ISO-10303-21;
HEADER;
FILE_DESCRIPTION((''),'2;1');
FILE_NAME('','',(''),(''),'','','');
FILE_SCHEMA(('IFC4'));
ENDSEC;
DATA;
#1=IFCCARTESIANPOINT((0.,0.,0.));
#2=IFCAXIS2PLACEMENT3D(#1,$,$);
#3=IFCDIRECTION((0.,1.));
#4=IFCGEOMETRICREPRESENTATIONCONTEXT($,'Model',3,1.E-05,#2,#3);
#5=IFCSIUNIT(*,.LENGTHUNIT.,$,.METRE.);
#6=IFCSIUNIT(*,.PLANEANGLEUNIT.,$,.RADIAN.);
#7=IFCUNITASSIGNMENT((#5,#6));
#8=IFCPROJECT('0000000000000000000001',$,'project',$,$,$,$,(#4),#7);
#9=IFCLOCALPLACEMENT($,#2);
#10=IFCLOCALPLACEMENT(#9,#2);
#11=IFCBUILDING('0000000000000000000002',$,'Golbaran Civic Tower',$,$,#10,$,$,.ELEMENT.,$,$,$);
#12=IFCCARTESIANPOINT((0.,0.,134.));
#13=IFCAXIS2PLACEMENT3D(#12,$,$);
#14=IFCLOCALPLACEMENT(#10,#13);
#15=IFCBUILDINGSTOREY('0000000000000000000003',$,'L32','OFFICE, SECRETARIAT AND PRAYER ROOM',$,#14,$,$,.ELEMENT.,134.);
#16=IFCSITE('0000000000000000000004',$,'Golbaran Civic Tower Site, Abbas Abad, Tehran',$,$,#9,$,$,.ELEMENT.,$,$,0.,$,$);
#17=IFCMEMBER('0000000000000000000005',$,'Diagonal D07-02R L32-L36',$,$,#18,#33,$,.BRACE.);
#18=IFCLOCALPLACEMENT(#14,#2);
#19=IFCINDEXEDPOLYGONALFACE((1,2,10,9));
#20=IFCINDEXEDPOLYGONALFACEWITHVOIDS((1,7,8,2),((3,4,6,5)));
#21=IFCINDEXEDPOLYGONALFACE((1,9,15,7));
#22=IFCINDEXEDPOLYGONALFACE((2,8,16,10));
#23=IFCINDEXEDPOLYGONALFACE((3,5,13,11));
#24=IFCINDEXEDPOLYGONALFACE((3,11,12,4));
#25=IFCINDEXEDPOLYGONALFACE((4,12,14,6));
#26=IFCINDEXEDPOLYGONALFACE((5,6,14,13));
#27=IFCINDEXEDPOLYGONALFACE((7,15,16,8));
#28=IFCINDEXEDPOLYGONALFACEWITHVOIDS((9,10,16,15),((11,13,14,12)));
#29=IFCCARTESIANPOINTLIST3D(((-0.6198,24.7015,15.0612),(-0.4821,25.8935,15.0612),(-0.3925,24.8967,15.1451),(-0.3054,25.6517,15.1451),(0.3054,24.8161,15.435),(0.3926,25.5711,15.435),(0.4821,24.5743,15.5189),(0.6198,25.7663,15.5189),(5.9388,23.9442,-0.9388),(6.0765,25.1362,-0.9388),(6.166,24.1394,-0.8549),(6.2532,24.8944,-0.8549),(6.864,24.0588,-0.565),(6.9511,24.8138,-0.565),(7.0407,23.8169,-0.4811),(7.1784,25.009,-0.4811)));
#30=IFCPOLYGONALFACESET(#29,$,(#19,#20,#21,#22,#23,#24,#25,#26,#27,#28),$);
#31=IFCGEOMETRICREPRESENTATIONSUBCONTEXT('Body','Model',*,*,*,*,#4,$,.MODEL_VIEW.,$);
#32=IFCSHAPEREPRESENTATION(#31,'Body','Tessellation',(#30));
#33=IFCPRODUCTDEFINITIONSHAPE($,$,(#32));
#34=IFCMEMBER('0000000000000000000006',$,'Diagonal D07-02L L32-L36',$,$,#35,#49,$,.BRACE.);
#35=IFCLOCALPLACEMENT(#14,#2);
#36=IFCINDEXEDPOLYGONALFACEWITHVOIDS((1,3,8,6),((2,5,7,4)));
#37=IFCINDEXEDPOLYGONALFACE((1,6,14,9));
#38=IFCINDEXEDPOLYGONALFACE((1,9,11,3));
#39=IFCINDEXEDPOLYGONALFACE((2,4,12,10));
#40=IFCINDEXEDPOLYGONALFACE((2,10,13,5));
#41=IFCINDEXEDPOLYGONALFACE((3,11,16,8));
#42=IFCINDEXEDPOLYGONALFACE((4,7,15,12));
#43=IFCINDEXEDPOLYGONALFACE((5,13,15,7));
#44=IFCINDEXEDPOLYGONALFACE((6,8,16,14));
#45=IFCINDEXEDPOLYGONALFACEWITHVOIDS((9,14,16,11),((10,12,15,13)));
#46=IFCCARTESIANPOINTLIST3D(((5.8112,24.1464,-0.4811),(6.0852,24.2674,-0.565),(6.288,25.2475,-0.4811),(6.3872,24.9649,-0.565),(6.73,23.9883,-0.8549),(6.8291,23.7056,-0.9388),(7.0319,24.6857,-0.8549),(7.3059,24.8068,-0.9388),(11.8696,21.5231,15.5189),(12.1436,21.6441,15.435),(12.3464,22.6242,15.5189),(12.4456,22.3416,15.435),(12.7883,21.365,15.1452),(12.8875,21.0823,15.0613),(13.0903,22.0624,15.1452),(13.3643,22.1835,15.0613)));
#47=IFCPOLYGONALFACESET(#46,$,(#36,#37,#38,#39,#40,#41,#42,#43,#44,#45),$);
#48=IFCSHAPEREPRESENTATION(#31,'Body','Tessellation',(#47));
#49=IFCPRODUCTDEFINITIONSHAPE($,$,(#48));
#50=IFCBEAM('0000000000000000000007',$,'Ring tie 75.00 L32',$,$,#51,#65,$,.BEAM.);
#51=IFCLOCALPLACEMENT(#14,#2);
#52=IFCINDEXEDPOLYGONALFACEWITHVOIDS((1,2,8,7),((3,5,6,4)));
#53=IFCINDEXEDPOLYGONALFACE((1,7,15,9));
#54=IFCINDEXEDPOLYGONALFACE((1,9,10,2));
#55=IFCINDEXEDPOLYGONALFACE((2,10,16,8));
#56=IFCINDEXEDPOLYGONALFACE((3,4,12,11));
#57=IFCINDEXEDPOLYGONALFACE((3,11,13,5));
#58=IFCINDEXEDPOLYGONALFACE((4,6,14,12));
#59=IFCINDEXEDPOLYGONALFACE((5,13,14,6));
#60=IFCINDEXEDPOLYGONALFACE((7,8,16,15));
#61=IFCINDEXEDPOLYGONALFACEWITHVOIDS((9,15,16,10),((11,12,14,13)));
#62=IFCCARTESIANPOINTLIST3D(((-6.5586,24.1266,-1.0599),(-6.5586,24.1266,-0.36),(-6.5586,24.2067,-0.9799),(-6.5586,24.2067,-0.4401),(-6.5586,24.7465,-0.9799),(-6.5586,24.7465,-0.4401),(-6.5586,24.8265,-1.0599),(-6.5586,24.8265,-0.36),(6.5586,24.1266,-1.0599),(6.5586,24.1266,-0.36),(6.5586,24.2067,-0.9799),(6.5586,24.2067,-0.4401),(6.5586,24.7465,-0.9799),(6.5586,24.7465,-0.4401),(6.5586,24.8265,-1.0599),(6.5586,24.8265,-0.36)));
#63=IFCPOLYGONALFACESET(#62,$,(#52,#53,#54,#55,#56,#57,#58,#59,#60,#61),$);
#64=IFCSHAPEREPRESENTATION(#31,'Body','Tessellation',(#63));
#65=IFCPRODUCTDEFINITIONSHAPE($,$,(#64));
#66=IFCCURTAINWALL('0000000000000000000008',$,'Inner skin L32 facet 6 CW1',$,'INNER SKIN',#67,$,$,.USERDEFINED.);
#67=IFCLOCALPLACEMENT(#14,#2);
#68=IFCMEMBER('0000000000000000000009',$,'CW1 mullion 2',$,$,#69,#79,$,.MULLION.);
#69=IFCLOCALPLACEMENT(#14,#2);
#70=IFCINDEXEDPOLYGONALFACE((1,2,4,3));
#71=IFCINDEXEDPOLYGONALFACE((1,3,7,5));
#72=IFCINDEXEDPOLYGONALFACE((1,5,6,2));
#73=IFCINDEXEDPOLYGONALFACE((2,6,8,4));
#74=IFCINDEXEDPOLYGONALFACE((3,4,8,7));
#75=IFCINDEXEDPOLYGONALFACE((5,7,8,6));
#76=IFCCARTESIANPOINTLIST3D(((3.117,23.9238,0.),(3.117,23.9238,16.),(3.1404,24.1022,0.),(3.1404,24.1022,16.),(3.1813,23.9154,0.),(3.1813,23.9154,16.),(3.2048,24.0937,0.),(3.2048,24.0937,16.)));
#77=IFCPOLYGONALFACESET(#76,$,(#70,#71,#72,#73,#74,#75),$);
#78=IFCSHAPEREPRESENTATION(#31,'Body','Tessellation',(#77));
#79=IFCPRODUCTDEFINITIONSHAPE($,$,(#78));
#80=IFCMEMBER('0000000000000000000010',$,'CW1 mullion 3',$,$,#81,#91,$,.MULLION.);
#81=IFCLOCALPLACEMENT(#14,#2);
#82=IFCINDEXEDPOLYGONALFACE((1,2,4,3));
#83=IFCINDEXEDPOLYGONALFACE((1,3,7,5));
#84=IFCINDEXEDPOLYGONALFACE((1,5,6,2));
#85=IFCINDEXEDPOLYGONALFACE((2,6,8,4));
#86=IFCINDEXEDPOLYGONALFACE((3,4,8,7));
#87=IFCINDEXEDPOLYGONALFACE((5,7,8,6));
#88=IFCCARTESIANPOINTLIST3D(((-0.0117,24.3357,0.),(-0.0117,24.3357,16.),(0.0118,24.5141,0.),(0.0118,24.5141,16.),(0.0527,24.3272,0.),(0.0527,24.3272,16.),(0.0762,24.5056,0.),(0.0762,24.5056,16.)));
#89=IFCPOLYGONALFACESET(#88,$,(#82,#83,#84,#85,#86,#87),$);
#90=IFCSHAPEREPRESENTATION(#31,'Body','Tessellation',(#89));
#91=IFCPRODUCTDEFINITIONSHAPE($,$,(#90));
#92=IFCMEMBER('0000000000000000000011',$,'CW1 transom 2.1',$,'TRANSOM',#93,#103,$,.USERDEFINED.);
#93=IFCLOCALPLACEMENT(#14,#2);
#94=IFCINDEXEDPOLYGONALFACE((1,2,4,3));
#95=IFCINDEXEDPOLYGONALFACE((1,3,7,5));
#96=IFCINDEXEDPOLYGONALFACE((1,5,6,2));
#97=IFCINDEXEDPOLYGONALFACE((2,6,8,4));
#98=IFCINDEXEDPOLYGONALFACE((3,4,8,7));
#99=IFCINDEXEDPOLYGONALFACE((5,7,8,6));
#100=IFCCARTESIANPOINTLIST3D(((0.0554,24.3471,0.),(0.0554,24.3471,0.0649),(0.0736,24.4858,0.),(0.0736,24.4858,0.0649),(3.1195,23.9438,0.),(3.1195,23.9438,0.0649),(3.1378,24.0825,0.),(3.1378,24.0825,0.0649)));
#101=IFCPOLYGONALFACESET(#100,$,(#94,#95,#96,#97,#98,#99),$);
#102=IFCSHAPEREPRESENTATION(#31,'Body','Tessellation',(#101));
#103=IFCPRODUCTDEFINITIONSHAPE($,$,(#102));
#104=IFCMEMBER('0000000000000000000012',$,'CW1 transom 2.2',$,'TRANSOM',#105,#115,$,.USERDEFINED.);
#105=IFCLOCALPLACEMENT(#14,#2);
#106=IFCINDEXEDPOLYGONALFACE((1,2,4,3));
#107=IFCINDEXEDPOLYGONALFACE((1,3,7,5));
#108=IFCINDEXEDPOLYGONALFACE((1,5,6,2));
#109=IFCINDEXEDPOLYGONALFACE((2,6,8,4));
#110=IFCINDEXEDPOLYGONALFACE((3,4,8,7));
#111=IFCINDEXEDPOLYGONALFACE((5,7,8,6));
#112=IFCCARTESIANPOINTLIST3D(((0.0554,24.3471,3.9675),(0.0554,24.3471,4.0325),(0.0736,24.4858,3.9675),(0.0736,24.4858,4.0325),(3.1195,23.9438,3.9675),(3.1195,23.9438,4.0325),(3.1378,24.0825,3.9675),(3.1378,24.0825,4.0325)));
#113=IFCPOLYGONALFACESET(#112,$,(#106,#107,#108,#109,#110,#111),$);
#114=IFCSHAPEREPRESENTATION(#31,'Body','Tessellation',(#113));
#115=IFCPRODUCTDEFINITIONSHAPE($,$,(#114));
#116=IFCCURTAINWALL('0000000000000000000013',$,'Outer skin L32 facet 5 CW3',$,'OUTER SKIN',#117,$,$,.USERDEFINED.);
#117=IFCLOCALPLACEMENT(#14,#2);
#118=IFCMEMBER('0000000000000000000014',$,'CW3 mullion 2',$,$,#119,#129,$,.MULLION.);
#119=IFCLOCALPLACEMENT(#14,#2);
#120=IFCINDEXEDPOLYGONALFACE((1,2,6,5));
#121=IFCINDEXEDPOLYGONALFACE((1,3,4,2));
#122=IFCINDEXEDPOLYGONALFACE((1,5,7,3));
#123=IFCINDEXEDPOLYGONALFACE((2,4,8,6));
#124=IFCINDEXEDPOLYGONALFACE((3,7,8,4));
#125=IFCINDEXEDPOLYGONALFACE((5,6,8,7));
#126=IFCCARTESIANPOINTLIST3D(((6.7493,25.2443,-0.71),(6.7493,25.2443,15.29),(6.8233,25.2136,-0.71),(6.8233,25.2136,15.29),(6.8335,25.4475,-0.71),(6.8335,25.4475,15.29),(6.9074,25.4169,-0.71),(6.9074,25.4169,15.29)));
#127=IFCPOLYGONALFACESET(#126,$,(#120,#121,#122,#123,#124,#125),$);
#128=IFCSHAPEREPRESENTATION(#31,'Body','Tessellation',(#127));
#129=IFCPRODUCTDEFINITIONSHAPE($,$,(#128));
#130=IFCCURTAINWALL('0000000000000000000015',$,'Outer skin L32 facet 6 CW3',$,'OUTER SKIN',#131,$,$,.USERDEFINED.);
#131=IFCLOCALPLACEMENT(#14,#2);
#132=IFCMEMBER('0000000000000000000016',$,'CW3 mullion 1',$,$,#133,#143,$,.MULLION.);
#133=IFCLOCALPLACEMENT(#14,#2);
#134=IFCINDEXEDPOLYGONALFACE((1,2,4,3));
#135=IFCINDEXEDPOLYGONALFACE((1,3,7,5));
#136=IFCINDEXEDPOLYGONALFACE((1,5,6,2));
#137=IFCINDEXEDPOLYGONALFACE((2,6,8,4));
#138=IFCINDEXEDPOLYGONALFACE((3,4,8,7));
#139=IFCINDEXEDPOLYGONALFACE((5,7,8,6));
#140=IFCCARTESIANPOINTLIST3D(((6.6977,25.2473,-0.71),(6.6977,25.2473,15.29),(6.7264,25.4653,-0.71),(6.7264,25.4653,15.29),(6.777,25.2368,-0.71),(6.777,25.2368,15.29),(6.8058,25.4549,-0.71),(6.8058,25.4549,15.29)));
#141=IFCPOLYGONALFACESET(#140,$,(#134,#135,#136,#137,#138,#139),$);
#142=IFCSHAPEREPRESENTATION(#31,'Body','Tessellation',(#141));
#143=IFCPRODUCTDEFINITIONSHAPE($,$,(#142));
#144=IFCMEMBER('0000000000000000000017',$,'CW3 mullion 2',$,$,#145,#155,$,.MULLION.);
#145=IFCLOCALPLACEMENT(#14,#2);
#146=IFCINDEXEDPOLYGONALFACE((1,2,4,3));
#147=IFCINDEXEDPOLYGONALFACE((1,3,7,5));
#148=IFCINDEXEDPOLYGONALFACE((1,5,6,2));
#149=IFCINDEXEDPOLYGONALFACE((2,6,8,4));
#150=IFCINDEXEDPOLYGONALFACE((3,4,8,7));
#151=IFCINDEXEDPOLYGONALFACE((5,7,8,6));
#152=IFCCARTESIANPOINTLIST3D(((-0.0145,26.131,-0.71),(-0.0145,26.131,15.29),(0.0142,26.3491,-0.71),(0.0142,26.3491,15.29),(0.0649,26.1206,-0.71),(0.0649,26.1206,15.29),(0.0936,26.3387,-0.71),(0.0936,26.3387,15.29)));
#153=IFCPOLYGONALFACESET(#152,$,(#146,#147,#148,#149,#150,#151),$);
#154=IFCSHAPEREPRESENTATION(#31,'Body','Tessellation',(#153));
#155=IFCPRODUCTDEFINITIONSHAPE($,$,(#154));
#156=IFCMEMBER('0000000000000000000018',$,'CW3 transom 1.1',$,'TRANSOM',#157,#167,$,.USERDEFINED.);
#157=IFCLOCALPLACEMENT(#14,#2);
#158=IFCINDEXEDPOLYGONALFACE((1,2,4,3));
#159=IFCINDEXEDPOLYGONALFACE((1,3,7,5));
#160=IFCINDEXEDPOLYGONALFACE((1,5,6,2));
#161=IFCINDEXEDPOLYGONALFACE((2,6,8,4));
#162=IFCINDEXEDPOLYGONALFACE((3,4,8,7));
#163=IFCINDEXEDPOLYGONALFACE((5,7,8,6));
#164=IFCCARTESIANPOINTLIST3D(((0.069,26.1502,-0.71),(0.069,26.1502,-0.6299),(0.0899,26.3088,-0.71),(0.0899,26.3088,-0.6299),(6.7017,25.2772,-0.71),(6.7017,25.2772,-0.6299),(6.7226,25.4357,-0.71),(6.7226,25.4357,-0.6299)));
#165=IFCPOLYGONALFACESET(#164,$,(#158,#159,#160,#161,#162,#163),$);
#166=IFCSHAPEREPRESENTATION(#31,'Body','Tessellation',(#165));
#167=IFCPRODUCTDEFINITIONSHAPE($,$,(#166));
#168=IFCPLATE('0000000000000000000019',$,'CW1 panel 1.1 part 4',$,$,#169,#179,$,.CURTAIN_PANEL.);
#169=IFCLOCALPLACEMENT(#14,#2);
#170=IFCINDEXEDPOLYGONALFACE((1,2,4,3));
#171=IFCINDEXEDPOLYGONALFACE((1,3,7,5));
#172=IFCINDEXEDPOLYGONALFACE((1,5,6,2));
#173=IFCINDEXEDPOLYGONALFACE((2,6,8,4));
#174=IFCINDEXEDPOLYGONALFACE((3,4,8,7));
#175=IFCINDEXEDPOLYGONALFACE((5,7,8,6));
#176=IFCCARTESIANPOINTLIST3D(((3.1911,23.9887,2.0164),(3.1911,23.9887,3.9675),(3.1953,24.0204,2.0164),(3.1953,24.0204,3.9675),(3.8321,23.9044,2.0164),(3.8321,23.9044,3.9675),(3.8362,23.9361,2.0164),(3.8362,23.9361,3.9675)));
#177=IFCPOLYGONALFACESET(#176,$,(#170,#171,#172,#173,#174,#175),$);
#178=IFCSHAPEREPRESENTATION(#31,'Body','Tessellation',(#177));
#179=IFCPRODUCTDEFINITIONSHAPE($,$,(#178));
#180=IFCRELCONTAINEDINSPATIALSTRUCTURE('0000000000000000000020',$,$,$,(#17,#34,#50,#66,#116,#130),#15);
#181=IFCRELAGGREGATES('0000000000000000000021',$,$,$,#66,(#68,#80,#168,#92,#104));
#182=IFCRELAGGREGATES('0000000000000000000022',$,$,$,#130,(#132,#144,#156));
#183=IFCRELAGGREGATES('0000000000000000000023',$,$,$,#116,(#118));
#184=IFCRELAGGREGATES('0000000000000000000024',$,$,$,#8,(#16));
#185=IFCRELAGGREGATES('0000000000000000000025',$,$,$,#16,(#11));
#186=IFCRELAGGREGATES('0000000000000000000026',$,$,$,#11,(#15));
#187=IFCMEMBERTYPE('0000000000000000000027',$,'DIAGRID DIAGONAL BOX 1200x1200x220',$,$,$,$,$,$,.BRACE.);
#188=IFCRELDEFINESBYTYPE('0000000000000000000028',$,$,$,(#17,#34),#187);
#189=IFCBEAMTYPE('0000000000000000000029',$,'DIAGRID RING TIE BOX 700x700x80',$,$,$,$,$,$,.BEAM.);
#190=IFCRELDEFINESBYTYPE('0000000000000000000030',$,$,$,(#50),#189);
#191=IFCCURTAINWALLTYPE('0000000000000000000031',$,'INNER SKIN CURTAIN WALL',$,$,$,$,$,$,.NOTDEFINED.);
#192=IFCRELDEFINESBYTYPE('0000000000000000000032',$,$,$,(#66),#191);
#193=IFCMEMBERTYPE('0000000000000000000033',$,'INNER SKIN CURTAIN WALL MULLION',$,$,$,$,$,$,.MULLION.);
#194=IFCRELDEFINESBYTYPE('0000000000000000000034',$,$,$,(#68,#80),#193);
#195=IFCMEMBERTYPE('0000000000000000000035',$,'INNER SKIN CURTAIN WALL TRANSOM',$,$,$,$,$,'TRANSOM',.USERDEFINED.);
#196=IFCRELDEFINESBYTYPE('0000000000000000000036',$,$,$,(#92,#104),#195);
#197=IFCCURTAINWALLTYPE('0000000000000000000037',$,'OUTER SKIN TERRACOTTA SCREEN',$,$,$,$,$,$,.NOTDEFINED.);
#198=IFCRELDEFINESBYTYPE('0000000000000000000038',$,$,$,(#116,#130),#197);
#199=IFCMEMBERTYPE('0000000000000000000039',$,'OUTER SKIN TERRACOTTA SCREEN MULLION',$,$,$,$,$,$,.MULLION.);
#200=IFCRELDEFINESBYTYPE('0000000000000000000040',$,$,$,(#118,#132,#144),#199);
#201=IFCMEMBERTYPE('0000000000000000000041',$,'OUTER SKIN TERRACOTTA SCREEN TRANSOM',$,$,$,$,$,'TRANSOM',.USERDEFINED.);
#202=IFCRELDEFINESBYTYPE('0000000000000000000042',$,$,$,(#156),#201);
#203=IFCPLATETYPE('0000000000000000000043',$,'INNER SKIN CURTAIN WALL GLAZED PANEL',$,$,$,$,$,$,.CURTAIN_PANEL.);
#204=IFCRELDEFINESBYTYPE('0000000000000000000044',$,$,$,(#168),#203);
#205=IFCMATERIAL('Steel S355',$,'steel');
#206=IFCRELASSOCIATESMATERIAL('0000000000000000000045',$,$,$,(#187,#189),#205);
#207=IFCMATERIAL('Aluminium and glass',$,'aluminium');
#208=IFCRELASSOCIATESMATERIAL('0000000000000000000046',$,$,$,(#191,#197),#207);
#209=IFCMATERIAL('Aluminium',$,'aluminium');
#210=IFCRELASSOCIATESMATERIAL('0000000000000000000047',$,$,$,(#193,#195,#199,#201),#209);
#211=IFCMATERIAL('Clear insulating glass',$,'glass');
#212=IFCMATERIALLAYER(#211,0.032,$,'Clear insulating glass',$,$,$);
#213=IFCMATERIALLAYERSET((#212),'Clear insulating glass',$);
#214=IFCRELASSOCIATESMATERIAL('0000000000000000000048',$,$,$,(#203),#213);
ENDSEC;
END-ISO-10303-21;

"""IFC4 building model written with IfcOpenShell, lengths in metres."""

from ifc_helpers import new_model, si_unit, direction, frame, origin, origin_2d, place, context, subcontext, project, spatial, rectangle, hollow_rectangle, extrude, material, layer, layer_set, material_profile, profile_set, type_object, element, aggregate, save


model = new_model("IFC4")

# Units and contexts
model_context = context("Model", 3, precision=1e-05, world=origin(), true_north=direction((0.0, 1.0)))
body_context = subcontext(model_context, "Body", "Model", "MODEL_VIEW")
ifc_project = project(units=[si_unit("LENGTHUNIT", "METRE"), si_unit("PLANEANGLEUNIT", "RADIAN")], contexts=[model_context])

# Site, building, storey
site_placement = place(None, origin())
site = spatial("IfcSite", under=ifc_project, at=site_placement, Name="Golbaran Civic Tower Site, Abbas Abad, Tehran", CompositionType="ELEMENT", RefElevation=0.0)
building_placement = place(site_placement, origin())
building = spatial("IfcBuilding", under=site, at=building_placement, Name="Golbaran Civic Tower", CompositionType="ELEMENT")
storey_placement = place(building_placement, frame((0.0, 0.0, 134.0)))
storey = spatial("IfcBuildingStorey", under=building, at=storey_placement, Name="L32", Description="OFFICE, SECRETARIAT AND PRAYER ROOM", CompositionType="ELEMENT", Elevation=134.0)

# Members
ifc_material_1 = material(Name="Steel S355", Category="steel")
ifc_material_profile_1 = material_profile(ifc_material_1, hollow_rectangle(XDim=1.2, YDim=1.2, WallThickness=0.22, at=origin_2d()), Name="BOX 1200x1200x220")
ifc_profile_set_1 = profile_set([ifc_material_profile_1], Name="Steel S355")
member_type_1 = type_object("IfcMemberType", Name="DIAGRID DIAGONAL BOX 1200x1200x220", PredefinedType="BRACE", material=ifc_profile_set_1)
for number, where, z_axis, x_axis, name in (
    (1, (6.5586, 24.4766, -0.71), (-0.37892, 0.043754, 0.924394), (-0.114708, -0.993399, 0.0), "Diagonal D07-02R L32-L36"),
    (2, (6.5586, 24.4766, -0.71), (0.350021, -0.151561, 0.9244), (0.397353, 0.917666, 0.0), "Diagonal D07-02L L32-L36"),
):
    element("IfcMember", number, at=place(storey_placement, frame(where, z_axis=z_axis, x_axis=x_axis)), inside=storey, type_object=member_type_1, Name=name, PredefinedType="BRACE", context=body_context, shape_type="SweptSolid", body=[
        extrude(hollow_rectangle(XDim=1.2, YDim=1.2, WallThickness=0.22, at=origin_2d()), origin(), (0.0, 0.0, 1.0), 17.3086),
    ])

# Beam
ifc_material_profile_2 = material_profile(ifc_material_1, hollow_rectangle(XDim=0.7, YDim=0.7, WallThickness=0.0801, at=origin_2d()), Name="BOX 700x700x80")
ifc_profile_set_2 = profile_set([ifc_material_profile_2], Name="Steel S355")
beam_type = type_object("IfcBeamType", Name="DIAGRID RING TIE BOX 700x700x80", PredefinedType="BEAM", material=ifc_profile_set_2)
beam_placement = place(storey_placement, frame((6.5586, 24.4766, -0.71), z_axis=(-1.0, 0.0, 0.0), x_axis=(0.0, -1.0, 0.0)))
element("IfcBeam", 3, at=beam_placement, inside=storey, type_object=beam_type, Name="Ring tie 75.00 L32", PredefinedType="BEAM", context=body_context, shape_type="SweptSolid", body=[
    extrude(hollow_rectangle(XDim=0.7, YDim=0.7, WallThickness=0.0801, at=origin_2d()), origin(), (0.0, 0.0, 1.0), 13.1172),
])

# Curtain wall, members
ifc_material_2 = material(Name="Aluminium and glass", Category="aluminium")
curtain_wall_type_1 = type_object("IfcCurtainWallType", Name="INNER SKIN CURTAIN WALL", PredefinedType="NOTDEFINED", material=ifc_material_2)
curtain_wall_1_placement = place(storey_placement, origin())
curtain_wall_1 = element("IfcCurtainWall", 4, at=curtain_wall_1_placement, inside=storey, type_object=curtain_wall_type_1, Name="Inner skin L32 facet 6 CW1", ObjectType="INNER SKIN", PredefinedType="USERDEFINED")
ifc_material_3 = material(Name="Aluminium", Category="aluminium")
ifc_material_profile_3 = material_profile(ifc_material_3, rectangle(XDim=0.1799, YDim=0.0649, at=origin_2d()), Name="INNER SKIN CURTAIN WALL MULLION")
ifc_profile_set_3 = profile_set([ifc_material_profile_3], Name="Aluminium")
member_type_2 = type_object("IfcMemberType", Name="INNER SKIN CURTAIN WALL MULLION", PredefinedType="MULLION", material=ifc_profile_set_3)
member_1_placement = place(storey_placement, frame((3.1609, 24.0088, 0.0), z_axis=(0.0, 0.0, 1.0), x_axis=(-0.130526, -0.991445, 0.0)))
member_1 = element("IfcMember", 5, at=member_1_placement, type_object=member_type_2, Name="CW1 mullion 2", PredefinedType="MULLION", context=body_context, shape_type="SweptSolid", body=[
    extrude(rectangle(XDim=0.1799, YDim=0.0649, at=origin_2d()), origin(), (0.0, 0.0, 1.0), 16.0),
])
member_2_placement = place(storey_placement, frame((0.0322, 24.4207, 0.0), z_axis=(0.0, 0.0, 1.0), x_axis=(-0.130526, -0.991445, 0.0)))
member_2 = element("IfcMember", 6, at=member_2_placement, type_object=member_type_2, Name="CW1 mullion 3", PredefinedType="MULLION", context=body_context, shape_type="SweptSolid", body=[
    extrude(rectangle(XDim=0.1799, YDim=0.0649, at=origin_2d()), origin(), (0.0, 0.0, 1.0), 16.0),
])
ifc_material_profile_4 = material_profile(ifc_material_3, rectangle(XDim=0.1399, YDim=0.0649, at=origin_2d()), Name="INNER SKIN CURTAIN WALL TRANSOM")
ifc_profile_set_4 = profile_set([ifc_material_profile_4], Name="Aluminium")
member_type_3 = type_object("IfcMemberType", Name="INNER SKIN CURTAIN WALL TRANSOM", ElementType="TRANSOM", PredefinedType="USERDEFINED", material=ifc_profile_set_4)
member_3_placement = place(storey_placement, frame((3.1287, 24.0132, 0.0325), z_axis=(-0.991449, 0.130497, 0.0), x_axis=(-0.130497, -0.991449, 0.0)))
member_3 = element("IfcMember", 7, at=member_3_placement, type_object=member_type_3, Name="CW1 transom 2.1", ObjectType="TRANSOM", PredefinedType="USERDEFINED", context=body_context, shape_type="SweptSolid", body=[
    extrude(rectangle(XDim=0.1399, YDim=0.0649, at=origin_2d()), origin(), (0.0, 0.0, 1.0), 3.0906),
])
member_4_placement = place(storey_placement, frame((3.1287, 24.0132, 4.0), z_axis=(-0.991449, 0.130497, 0.0), x_axis=(-0.130497, -0.991449, 0.0)))
member_4 = element("IfcMember", 8, at=member_4_placement, type_object=member_type_3, Name="CW1 transom 2.2", ObjectType="TRANSOM", PredefinedType="USERDEFINED", context=body_context, shape_type="SweptSolid", body=[
    extrude(rectangle(XDim=0.1399, YDim=0.0649, at=origin_2d()), origin(), (0.0, 0.0, 1.0), 3.0906),
])

# Curtain wall, member
curtain_wall_type_2 = type_object("IfcCurtainWallType", Name="OUTER SKIN TERRACOTTA SCREEN", PredefinedType="NOTDEFINED", material=ifc_material_2)
curtain_wall_2_placement = place(storey_placement, origin())
curtain_wall_2 = element("IfcCurtainWall", 9, at=curtain_wall_2_placement, inside=storey, type_object=curtain_wall_type_2, Name="Outer skin L32 facet 5 CW3", ObjectType="OUTER SKIN", PredefinedType="USERDEFINED")
ifc_material_profile_5 = material_profile(ifc_material_3, rectangle(XDim=0.22, YDim=0.0801, at=origin_2d()), Name="OUTER SKIN TERRACOTTA SCREEN MULLION")
ifc_profile_set_5 = profile_set([ifc_material_profile_5], Name="Aluminium")
member_type_4 = type_object("IfcMemberType", Name="OUTER SKIN TERRACOTTA SCREEN MULLION", PredefinedType="MULLION", material=ifc_profile_set_5)
member_5_placement = place(storey_placement, frame((6.8284, 25.3306, -0.71), z_axis=(0.0, 0.0, 1.0), x_axis=(-0.382683, -0.92388, 0.0)))
member_5 = element("IfcMember", 10, at=member_5_placement, type_object=member_type_4, Name="CW3 mullion 2", PredefinedType="MULLION", context=body_context, shape_type="SweptSolid", body=[
    extrude(rectangle(XDim=0.22, YDim=0.0801, at=origin_2d()), origin(), (0.0, 0.0, 1.0), 16.0),
])

# Curtain wall, members
curtain_wall_3_placement = place(storey_placement, origin())
curtain_wall_3 = element("IfcCurtainWall", 11, at=curtain_wall_3_placement, inside=storey, type_object=curtain_wall_type_2, Name="Outer skin L32 facet 6 CW3", ObjectType="OUTER SKIN", PredefinedType="USERDEFINED")
member_6_placement = place(storey_placement, frame((6.7517, 25.3511, -0.71), z_axis=(0.0, 0.0, 1.0), x_axis=(-0.130526, -0.991445, 0.0)))
member_6 = element("IfcMember", 12, at=member_6_placement, type_object=member_type_4, Name="CW3 mullion 1", PredefinedType="MULLION", context=body_context, shape_type="SweptSolid", body=[
    extrude(rectangle(XDim=0.22, YDim=0.0801, at=origin_2d()), origin(), (0.0, 0.0, 1.0), 16.0),
])
member_7_placement = place(storey_placement, frame((0.0396, 26.2349, -0.71), z_axis=(0.0, 0.0, 1.0), x_axis=(-0.130526, -0.991445, 0.0)))
member_7 = element("IfcMember", 13, at=member_7_placement, type_object=member_type_4, Name="CW3 mullion 2", PredefinedType="MULLION", context=body_context, shape_type="SweptSolid", body=[
    extrude(rectangle(XDim=0.22, YDim=0.0801, at=origin_2d()), origin(), (0.0, 0.0, 1.0), 16.0),
])
ifc_material_profile_6 = material_profile(ifc_material_3, rectangle(XDim=0.1599, YDim=0.0801, at=origin_2d()), Name="OUTER SKIN TERRACOTTA SCREEN TRANSOM")
ifc_profile_set_6 = profile_set([ifc_material_profile_6], Name="Aluminium")
member_type_5 = type_object("IfcMemberType", Name="OUTER SKIN TERRACOTTA SCREEN TRANSOM", ElementType="TRANSOM", PredefinedType="USERDEFINED", material=ifc_profile_set_6)
member_8_placement = place(storey_placement, frame((6.7122, 25.3564, -0.6699), z_axis=(-0.991448, 0.1305, 0.0), x_axis=(-0.1305, -0.991448, 0.0)))
member_8 = element("IfcMember", 14, at=member_8_placement, type_object=member_type_5, Name="CW3 transom 1.1", ObjectType="TRANSOM", PredefinedType="USERDEFINED", context=body_context, shape_type="SweptSolid", body=[
    extrude(rectangle(XDim=0.1599, YDim=0.0801, at=origin_2d()), origin(), (0.0, 0.0, 1.0), 6.6899),
])

# Plate
ifc_material_4 = material(Name="Clear insulating glass", Category="glass")
ifc_layer_1 = layer(ifc_material_4, 0.032, Name="Clear insulating glass")
ifc_layer_set_1 = layer_set([ifc_layer_1], Name="Clear insulating glass")
plate_type_1 = type_object("IfcPlateType", Name="INNER SKIN CURTAIN WALL GLAZED PANEL", PredefinedType="CURTAIN_PANEL", material=ifc_layer_set_1)
plate_1_placement = place(storey_placement, frame((3.5137, 23.9624, 2.0164), z_axis=(0.0, 0.0, 1.0), x_axis=(-0.991445, 0.130526, 0.0)))
plate_1 = element("IfcPlate", 15, at=plate_1_placement, type_object=plate_type_1, Name="CW1 panel 1.1 part 4", PredefinedType="CURTAIN_PANEL", context=body_context, shape_type="SweptSolid", body=[
    extrude(rectangle(XDim=0.6465, YDim=0.032, at=origin_2d()), origin(), (0.0, 0.0, 1.0), 1.9512),
])
aggregate(curtain_wall_1, [member_1, member_2, plate_1, member_3, member_4])
aggregate(curtain_wall_3, [member_6, member_7, member_8])
aggregate(curtain_wall_2, [member_5])

save(model, "model.ifc")
